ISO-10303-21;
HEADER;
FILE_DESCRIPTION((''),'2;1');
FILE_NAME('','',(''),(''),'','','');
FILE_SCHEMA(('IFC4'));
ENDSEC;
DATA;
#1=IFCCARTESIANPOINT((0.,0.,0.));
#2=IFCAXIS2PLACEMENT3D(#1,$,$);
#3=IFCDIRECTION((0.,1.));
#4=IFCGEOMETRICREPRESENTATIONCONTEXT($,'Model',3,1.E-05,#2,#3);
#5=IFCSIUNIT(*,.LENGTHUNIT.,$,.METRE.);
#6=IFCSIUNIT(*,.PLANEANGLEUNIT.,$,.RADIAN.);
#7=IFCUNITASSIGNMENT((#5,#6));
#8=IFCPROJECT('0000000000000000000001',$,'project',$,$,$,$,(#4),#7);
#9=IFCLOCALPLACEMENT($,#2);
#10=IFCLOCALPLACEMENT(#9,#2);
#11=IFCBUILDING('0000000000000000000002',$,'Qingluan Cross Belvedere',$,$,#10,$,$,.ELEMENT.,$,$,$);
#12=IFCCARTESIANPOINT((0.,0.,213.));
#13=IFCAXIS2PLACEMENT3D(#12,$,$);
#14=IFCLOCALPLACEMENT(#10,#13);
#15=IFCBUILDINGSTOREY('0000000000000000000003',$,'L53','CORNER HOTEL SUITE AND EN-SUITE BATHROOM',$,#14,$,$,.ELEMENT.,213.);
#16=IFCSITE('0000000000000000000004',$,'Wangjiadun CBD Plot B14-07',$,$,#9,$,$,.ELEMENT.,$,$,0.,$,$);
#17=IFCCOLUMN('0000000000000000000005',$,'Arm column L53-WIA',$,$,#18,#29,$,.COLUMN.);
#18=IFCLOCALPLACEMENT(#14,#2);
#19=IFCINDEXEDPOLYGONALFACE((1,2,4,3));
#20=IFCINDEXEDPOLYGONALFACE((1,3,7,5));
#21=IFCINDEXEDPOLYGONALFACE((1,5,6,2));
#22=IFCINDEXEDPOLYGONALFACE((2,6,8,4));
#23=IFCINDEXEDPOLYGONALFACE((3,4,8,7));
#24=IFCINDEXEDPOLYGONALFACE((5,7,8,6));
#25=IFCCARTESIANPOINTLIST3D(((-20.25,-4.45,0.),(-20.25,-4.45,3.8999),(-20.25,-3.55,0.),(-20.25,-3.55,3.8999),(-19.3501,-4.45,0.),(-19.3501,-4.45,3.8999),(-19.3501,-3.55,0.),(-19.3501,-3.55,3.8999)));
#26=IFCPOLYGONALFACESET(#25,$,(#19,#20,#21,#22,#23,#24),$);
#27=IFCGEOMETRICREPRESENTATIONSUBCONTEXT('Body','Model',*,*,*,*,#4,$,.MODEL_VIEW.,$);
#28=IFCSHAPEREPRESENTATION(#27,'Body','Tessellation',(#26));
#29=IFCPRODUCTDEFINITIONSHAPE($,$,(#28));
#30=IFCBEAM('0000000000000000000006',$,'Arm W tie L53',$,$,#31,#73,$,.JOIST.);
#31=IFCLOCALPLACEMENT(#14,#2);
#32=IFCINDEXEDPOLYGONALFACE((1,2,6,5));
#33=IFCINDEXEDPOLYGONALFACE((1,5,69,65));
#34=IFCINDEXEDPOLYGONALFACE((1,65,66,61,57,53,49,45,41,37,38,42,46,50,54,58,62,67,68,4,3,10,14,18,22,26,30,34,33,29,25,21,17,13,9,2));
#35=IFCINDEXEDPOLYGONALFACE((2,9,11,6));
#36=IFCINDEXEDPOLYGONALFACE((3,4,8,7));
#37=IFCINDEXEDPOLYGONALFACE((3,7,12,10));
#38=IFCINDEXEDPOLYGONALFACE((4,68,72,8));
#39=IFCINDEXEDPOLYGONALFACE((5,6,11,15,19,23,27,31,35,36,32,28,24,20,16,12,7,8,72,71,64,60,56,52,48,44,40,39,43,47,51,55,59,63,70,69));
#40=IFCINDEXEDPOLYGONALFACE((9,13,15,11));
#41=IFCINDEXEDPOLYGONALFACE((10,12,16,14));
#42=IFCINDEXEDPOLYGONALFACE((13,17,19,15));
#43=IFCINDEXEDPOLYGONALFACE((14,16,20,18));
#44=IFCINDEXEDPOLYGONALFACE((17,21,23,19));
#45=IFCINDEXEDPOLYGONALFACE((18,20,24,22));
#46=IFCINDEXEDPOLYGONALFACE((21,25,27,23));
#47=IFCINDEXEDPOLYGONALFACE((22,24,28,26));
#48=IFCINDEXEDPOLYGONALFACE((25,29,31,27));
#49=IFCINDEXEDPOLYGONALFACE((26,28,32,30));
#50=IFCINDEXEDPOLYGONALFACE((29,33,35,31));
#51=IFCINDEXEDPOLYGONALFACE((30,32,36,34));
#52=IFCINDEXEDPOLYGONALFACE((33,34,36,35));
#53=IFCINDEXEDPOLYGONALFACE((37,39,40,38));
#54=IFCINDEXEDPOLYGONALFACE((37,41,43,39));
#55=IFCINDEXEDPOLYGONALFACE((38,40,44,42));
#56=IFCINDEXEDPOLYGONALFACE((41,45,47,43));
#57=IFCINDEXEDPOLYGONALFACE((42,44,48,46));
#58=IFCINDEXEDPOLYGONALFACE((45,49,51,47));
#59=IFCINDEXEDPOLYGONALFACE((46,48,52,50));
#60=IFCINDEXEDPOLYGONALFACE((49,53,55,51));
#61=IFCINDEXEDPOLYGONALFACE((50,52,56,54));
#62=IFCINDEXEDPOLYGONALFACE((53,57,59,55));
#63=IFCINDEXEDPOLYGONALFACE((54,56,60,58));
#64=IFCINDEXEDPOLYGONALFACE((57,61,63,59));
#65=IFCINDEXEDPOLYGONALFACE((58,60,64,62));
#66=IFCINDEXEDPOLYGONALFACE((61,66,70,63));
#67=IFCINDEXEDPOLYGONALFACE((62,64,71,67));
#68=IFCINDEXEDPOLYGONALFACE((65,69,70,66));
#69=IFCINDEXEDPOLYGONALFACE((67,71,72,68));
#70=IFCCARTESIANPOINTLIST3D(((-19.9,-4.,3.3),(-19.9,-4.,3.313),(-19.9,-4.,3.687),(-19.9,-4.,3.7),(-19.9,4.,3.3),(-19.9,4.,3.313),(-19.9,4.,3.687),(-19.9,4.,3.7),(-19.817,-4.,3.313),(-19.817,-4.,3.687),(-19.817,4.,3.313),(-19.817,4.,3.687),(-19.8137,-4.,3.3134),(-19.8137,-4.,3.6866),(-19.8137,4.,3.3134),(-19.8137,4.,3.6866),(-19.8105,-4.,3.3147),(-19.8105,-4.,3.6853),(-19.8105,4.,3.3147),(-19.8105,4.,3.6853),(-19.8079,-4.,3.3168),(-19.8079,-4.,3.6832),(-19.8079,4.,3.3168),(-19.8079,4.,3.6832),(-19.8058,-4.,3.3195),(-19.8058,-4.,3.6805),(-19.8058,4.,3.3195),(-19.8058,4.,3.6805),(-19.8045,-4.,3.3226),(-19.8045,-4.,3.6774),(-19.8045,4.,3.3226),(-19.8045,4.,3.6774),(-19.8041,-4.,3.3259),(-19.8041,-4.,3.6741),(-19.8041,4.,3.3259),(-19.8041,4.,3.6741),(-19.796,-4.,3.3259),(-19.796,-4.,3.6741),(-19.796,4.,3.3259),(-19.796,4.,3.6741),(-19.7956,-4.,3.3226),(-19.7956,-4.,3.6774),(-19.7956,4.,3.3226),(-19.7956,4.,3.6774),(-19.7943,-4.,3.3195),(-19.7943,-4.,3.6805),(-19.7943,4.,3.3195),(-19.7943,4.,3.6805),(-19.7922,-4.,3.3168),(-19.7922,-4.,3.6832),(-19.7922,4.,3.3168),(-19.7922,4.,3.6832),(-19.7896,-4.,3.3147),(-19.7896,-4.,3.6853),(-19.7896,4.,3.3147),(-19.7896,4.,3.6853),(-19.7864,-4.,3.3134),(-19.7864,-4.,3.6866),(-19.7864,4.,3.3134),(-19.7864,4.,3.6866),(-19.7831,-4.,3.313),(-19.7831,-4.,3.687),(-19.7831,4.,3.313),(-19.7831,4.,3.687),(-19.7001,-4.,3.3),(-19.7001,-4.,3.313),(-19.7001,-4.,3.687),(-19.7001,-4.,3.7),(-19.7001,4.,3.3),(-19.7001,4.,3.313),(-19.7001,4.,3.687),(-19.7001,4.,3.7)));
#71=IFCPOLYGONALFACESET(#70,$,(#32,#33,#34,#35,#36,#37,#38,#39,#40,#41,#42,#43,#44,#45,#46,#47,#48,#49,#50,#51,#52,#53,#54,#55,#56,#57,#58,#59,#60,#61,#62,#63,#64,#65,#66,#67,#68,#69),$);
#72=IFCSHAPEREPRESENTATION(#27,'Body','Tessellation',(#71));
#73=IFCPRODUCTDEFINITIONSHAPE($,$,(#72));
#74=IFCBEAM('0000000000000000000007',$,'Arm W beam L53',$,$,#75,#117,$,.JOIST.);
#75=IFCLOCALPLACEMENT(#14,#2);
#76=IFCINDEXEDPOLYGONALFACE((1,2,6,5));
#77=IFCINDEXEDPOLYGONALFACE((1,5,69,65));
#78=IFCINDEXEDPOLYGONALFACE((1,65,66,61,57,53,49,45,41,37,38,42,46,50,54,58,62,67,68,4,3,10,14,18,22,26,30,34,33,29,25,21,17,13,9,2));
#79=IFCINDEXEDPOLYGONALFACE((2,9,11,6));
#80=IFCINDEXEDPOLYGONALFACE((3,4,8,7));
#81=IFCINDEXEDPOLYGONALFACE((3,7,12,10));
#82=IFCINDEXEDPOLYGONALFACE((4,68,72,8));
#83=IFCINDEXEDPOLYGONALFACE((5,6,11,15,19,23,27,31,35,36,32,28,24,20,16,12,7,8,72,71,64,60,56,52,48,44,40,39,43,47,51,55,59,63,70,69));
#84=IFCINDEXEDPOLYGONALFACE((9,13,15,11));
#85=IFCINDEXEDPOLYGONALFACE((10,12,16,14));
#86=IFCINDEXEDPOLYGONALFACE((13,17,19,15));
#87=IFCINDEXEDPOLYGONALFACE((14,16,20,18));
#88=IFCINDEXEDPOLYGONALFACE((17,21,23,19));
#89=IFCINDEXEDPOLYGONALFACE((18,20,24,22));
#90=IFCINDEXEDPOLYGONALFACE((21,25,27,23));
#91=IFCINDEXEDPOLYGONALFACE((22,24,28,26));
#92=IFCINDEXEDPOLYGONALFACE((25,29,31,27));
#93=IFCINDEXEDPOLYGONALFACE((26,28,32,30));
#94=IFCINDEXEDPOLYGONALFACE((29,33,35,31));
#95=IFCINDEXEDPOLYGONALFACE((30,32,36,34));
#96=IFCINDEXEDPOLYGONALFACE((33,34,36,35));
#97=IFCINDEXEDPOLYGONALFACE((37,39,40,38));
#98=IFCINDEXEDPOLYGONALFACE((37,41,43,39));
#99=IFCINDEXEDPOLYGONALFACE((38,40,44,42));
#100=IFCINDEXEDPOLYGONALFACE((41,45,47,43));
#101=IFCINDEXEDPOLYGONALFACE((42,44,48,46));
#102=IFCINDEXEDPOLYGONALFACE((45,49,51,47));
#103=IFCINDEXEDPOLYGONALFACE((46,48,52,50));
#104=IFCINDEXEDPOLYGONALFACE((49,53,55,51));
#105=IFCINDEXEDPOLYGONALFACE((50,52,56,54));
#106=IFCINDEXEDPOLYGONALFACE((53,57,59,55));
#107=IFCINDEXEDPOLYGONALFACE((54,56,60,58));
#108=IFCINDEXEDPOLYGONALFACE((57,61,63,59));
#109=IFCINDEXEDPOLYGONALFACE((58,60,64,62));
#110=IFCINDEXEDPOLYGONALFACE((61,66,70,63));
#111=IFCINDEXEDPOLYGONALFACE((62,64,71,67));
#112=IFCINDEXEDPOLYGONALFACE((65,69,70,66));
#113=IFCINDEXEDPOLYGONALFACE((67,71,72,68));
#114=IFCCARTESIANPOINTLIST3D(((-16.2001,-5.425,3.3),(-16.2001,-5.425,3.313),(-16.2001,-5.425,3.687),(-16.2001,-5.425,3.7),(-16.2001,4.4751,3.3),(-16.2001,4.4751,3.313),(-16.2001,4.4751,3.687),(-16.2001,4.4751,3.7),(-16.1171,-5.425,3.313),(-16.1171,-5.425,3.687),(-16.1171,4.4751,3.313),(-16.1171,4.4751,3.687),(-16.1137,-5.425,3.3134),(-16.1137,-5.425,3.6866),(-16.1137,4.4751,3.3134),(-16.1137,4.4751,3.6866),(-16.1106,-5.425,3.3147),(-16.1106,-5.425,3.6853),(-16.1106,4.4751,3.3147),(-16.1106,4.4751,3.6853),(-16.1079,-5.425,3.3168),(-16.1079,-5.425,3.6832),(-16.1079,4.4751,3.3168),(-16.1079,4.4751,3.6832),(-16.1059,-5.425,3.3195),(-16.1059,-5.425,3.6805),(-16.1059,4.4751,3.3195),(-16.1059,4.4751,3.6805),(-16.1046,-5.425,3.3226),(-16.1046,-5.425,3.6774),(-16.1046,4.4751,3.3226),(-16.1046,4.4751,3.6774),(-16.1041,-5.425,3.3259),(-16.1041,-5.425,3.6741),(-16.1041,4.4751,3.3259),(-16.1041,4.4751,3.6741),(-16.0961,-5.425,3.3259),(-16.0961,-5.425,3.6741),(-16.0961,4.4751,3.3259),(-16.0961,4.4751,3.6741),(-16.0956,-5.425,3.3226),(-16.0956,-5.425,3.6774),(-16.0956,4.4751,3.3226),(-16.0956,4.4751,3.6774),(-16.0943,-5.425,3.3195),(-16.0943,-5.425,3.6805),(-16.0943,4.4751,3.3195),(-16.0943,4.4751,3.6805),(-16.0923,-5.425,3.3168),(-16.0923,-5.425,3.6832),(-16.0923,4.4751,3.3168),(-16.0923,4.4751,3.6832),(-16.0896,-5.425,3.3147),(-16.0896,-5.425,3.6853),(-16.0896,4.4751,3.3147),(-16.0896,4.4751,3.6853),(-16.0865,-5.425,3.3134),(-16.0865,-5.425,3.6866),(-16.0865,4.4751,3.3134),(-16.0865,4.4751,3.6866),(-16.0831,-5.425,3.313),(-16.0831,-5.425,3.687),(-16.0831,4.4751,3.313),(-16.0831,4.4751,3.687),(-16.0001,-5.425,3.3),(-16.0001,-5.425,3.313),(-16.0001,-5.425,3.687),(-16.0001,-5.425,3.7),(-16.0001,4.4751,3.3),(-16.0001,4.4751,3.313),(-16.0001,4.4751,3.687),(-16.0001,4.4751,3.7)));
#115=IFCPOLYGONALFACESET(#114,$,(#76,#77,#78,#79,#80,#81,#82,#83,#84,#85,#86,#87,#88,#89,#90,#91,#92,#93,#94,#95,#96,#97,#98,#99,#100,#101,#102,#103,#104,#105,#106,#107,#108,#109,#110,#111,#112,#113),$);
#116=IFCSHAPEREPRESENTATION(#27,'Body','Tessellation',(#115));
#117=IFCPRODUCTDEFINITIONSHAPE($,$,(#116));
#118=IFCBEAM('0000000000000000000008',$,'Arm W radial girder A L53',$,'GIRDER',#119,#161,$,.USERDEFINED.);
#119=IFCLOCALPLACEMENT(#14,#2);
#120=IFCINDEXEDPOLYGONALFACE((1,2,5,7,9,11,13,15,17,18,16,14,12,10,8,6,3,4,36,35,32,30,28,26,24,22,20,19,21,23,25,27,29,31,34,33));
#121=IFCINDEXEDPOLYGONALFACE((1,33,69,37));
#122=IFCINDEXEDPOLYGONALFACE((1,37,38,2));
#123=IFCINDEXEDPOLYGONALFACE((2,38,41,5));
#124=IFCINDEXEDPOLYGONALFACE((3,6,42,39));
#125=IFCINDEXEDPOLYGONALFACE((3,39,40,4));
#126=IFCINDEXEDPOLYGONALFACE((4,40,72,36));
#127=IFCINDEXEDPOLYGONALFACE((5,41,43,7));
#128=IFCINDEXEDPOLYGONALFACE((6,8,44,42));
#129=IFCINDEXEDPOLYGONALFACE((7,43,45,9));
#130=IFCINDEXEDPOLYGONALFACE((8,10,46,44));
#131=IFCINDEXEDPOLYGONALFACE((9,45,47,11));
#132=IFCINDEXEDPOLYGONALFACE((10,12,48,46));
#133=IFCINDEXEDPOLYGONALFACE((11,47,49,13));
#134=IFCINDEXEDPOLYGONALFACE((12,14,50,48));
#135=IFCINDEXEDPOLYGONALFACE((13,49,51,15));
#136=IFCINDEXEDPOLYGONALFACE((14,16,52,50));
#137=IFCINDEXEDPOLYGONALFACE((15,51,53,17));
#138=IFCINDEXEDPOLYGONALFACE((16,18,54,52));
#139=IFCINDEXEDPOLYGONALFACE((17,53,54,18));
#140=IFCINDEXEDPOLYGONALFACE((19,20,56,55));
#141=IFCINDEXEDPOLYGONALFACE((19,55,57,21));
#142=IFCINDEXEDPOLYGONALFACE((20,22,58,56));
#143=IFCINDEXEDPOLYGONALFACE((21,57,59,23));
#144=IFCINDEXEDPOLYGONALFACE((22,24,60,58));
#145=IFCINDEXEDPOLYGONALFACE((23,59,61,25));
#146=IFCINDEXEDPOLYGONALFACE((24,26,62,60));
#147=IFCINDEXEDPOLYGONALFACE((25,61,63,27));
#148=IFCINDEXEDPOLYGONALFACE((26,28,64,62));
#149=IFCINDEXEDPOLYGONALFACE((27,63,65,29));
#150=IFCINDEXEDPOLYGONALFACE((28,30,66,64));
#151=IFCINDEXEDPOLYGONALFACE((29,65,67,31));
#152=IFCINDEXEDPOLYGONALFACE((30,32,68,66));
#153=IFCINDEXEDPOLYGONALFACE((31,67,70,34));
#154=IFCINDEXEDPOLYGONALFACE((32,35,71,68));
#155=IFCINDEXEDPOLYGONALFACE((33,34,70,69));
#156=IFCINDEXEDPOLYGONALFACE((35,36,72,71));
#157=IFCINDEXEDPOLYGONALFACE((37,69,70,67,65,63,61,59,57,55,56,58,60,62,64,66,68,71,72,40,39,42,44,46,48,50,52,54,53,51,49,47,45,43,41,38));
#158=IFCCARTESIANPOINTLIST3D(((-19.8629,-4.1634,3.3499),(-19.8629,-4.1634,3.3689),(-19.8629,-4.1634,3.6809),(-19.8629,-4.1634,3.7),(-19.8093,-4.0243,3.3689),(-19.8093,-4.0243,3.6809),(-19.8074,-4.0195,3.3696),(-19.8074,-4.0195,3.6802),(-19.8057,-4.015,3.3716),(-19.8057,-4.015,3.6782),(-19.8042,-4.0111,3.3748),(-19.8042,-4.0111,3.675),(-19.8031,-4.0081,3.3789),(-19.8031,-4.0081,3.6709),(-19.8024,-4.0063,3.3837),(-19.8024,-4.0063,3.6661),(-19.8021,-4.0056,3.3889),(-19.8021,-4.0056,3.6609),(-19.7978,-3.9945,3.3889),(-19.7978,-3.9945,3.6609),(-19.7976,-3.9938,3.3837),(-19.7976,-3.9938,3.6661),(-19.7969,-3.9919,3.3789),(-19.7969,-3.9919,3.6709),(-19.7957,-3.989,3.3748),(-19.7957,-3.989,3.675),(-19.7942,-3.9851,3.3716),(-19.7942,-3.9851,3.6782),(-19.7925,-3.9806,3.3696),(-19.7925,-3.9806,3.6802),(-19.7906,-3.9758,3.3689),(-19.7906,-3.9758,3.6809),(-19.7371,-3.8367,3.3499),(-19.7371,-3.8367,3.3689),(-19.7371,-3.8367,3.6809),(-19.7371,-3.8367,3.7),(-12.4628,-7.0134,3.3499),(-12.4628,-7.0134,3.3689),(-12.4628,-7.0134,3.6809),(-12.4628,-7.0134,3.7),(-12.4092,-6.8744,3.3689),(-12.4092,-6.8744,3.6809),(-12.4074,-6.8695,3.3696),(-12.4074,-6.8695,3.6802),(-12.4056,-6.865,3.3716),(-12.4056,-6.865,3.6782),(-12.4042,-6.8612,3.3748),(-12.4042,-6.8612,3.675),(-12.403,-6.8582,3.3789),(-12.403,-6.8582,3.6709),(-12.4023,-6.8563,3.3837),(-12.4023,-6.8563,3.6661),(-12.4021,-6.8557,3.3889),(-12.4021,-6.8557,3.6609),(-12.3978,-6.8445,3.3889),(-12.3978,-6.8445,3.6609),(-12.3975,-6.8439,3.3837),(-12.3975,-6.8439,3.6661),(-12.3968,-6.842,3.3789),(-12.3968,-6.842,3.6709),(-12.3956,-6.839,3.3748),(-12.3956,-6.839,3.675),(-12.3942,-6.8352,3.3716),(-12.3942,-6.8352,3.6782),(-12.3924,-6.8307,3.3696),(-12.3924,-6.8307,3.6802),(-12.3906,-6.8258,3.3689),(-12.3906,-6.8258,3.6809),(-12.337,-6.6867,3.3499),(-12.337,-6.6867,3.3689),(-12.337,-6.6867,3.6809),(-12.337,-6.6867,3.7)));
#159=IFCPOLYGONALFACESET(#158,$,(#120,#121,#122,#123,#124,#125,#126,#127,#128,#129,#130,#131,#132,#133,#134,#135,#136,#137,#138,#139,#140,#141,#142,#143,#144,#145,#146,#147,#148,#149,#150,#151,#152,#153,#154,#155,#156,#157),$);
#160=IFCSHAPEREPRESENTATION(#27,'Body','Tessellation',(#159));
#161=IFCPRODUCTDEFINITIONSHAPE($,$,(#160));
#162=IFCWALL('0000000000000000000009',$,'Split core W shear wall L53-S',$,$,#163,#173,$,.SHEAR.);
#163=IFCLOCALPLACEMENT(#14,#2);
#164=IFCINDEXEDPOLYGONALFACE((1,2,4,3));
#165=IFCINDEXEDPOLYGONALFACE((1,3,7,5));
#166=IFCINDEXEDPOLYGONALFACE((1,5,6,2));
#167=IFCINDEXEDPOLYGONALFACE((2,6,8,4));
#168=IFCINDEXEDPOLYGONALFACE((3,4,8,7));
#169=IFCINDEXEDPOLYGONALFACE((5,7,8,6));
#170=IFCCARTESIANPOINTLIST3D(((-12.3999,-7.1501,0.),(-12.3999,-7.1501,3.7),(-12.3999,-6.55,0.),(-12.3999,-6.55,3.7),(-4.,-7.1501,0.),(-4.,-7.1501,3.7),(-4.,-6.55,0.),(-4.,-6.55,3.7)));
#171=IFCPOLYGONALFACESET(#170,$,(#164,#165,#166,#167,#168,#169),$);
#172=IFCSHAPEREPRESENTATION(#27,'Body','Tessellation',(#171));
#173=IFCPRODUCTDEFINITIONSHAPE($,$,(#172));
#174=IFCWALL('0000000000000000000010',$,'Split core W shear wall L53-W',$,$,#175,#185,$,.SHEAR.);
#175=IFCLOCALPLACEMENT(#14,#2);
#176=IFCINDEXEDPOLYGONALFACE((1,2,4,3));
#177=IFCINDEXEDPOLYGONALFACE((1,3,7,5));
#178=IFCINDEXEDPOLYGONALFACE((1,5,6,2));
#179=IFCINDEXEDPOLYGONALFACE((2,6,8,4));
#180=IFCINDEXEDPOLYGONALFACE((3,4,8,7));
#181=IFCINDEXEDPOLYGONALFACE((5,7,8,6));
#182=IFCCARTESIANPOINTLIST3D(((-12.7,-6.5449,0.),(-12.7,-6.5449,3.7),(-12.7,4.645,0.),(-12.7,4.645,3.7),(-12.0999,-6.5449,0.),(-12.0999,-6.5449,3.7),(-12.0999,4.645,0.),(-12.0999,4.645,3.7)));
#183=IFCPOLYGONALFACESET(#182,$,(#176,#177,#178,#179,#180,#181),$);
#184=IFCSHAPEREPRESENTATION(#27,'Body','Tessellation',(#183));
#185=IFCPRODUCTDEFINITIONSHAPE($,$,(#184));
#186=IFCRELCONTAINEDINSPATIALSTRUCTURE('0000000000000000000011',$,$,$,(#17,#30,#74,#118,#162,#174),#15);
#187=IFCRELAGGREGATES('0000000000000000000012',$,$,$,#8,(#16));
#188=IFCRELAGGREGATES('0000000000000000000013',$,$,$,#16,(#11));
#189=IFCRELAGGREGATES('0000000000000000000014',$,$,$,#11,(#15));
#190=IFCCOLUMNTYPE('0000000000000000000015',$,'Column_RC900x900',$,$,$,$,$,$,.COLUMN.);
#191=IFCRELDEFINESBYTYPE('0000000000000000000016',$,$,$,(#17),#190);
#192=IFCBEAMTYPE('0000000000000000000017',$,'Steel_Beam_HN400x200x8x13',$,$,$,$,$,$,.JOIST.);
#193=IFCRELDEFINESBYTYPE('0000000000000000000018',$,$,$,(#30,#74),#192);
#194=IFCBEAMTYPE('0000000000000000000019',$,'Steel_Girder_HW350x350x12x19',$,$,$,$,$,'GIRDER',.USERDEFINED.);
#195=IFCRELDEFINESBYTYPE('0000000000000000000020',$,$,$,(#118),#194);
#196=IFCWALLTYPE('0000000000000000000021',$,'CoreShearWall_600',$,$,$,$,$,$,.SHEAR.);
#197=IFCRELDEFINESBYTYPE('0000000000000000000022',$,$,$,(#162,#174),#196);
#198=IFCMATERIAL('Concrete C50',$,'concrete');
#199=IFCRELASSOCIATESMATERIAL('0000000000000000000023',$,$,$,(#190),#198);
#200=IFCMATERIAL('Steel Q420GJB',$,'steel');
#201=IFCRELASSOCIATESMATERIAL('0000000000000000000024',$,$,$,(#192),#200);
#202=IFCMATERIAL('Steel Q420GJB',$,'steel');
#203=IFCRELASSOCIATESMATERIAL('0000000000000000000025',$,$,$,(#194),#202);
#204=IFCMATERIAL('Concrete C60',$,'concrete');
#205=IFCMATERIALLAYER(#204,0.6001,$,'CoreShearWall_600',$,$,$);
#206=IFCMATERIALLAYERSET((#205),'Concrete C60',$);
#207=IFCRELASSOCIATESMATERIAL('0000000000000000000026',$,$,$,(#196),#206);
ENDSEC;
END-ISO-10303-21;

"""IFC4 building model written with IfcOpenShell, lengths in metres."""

from ifc_helpers import new_model, si_unit, direction, frame, frame_2d, origin, origin_2d, place, context, subcontext, project, spatial, rectangle, i_section, extrude, material, layer, layer_set, material_profile, profile_set, type_object, element, save


model = new_model("IFC4")

# Units and contexts
model_context = context("Model", 3, precision=1e-05, world=origin(), true_north=direction((0.0, 1.0)))
body_context = subcontext(model_context, "Body", "Model", "MODEL_VIEW")
ifc_project = project(units=[si_unit("LENGTHUNIT", "METRE"), si_unit("PLANEANGLEUNIT", "RADIAN")], contexts=[model_context])

# Site, building, storey
site_placement = place(None, origin())
site = spatial("IfcSite", under=ifc_project, at=site_placement, Name="Wangjiadun CBD Plot B14-07", CompositionType="ELEMENT", RefElevation=0.0)
building_placement = place(site_placement, origin())
building = spatial("IfcBuilding", under=site, at=building_placement, Name="Qingluan Cross Belvedere", CompositionType="ELEMENT")
storey_placement = place(building_placement, frame((0.0, 0.0, 213.0)))
storey = spatial("IfcBuildingStorey", under=building, at=storey_placement, Name="L53", Description="CORNER HOTEL SUITE AND EN-SUITE BATHROOM", CompositionType="ELEMENT", Elevation=213.0)

# Column
ifc_material_1 = material(Name="Concrete C50", Category="concrete")
ifc_material_profile_1 = material_profile(ifc_material_1, rectangle(XDim=0.8999, YDim=0.8999, at=origin_2d()), Name="RC900x900")
ifc_profile_set_1 = profile_set([ifc_material_profile_1], Name="Concrete C50")
column_type = type_object("IfcColumnType", Name="Column_RC900x900", PredefinedType="COLUMN", material=ifc_profile_set_1)
column_placement = place(storey_placement, frame((-19.8, -4.0, 0.0), z_axis=(0.0, 0.0, 1.0), x_axis=(1.0, 0.0, 0.0)))
element("IfcColumn", 1, at=column_placement, inside=storey, type_object=column_type, Name="Arm column L53-WIA", PredefinedType="COLUMN", context=body_context, shape_type="SweptSolid", body=[
    extrude(rectangle(XDim=0.8999, YDim=0.8999, at=origin_2d()), origin(), (0.0, 0.0, 1.0), 3.8999),
])

# Beams
ifc_material_2 = material(Name="Steel Q420GJB", Category="steel")
ifc_material_profile_2 = material_profile(ifc_material_2, i_section(OverallWidth=0.2, OverallDepth=0.3999, WebThickness=0.0081, FlangeThickness=0.0129, FilletRadius=0.0129, at=origin_2d()), Name="HN400x200x8x13")
ifc_profile_set_2 = profile_set([ifc_material_profile_2], Name="Steel Q420GJB")
beam_type_1 = type_object("IfcBeamType", Name="Steel_Beam_HN400x200x8x13", PredefinedType="JOIST", material=ifc_profile_set_2)
beam_1_placement = place(storey_placement, frame((-19.8, -4.0, 3.5), z_axis=(0.0, 1.0, 0.0), x_axis=(-1.0, 0.0, 0.0)))
element("IfcBeam", 2, at=beam_1_placement, inside=storey, type_object=beam_type_1, Name="Arm W tie L53", PredefinedType="JOIST", context=body_context, shape_type="SweptSolid", body=[
    extrude(i_section(OverallWidth=0.2, OverallDepth=0.3999, WebThickness=0.0081, FlangeThickness=0.0129, FilletRadius=0.0129, at=origin_2d()), origin(), (0.0, 0.0, 1.0), 8.0),
])
beam_2_placement = place(storey_placement, frame((-16.1001, -5.425, 3.5), z_axis=(0.0, 1.0, 0.0), x_axis=(-1.0, 0.0, 0.0)))
element("IfcBeam", 3, at=beam_2_placement, inside=storey, type_object=beam_type_1, Name="Arm W beam L53", PredefinedType="JOIST", context=body_context, shape_type="SweptSolid", body=[
    extrude(i_section(OverallWidth=0.2, OverallDepth=0.3999, WebThickness=0.0081, FlangeThickness=0.0129, FilletRadius=0.0129, at=origin_2d()), origin(), (0.0, 0.0, 1.0), 9.9001),
])
ifc_material_3 = material(Name="Steel Q420GJB", Category="steel")
ifc_material_profile_3 = material_profile(ifc_material_3, i_section(OverallWidth=0.3501, OverallDepth=0.3501, WebThickness=0.012, FlangeThickness=0.019, FilletRadius=0.02, at=origin_2d()), Name="HW350x350x12x19")
ifc_profile_set_3 = profile_set([ifc_material_profile_3], Name="Steel Q420GJB")
beam_type_2 = type_object("IfcBeamType", Name="Steel_Girder_HW350x350x12x19", ElementType="GIRDER", PredefinedType="USERDEFINED", material=ifc_profile_set_3)
beam_3_placement = place(storey_placement, frame((-12.3999, -6.8501, 3.5249), z_axis=(-0.933181, 0.359406, 0.0), x_axis=(-0.359406, -0.933181, 0.0)))
element("IfcBeam", 4, at=beam_3_placement, inside=storey, type_object=beam_type_2, Name="Arm W radial girder A L53", ObjectType="GIRDER", PredefinedType="USERDEFINED", context=body_context, shape_type="SweptSolid", body=[
    extrude(i_section(OverallWidth=0.3501, OverallDepth=0.3501, WebThickness=0.012, FlangeThickness=0.019, FilletRadius=0.02, at=origin_2d()), origin(), (0.0, 0.0, 1.0), 7.9299),
])

# Walls
ifc_material_4 = material(Name="Concrete C60", Category="concrete")
ifc_layer_1 = layer(ifc_material_4, 0.6001, Name="CoreShearWall_600")
ifc_layer_set_1 = layer_set([ifc_layer_1], Name="Concrete C60")
wall_type_1 = type_object("IfcWallType", Name="CoreShearWall_600", PredefinedType="SHEAR", material=ifc_layer_set_1)
wall_1_placement = place(storey_placement, frame((-12.3999, -6.8501, 0.0), z_axis=(0.0, 0.0, 1.0), x_axis=(1.0, 0.0, 0.0)))
element("IfcWall", 5, at=wall_1_placement, inside=storey, type_object=wall_type_1, Name="Split core W shear wall L53-S", PredefinedType="SHEAR", context=body_context, shape_type="SweptSolid", body=[
    extrude(rectangle(XDim=8.3999, YDim=0.6001, at=frame_2d((4.2, 0.0))), origin(), (0.0, 0.0, 1.0), 3.7),
])
wall_2_placement = place(storey_placement, frame((-12.3999, -6.5449, 0.0), z_axis=(0.0, 0.0, 1.0), x_axis=(0.0, 1.0, 0.0)))
element("IfcWall", 6, at=wall_2_placement, inside=storey, type_object=wall_type_1, Name="Split core W shear wall L53-W", PredefinedType="SHEAR", context=body_context, shape_type="SweptSolid", body=[
    extrude(rectangle(XDim=11.1899, YDim=0.6001, at=frame_2d((5.595, 0.0))), origin(), (0.0, 0.0, 1.0), 3.7),
])

save(model, "model.ifc")
